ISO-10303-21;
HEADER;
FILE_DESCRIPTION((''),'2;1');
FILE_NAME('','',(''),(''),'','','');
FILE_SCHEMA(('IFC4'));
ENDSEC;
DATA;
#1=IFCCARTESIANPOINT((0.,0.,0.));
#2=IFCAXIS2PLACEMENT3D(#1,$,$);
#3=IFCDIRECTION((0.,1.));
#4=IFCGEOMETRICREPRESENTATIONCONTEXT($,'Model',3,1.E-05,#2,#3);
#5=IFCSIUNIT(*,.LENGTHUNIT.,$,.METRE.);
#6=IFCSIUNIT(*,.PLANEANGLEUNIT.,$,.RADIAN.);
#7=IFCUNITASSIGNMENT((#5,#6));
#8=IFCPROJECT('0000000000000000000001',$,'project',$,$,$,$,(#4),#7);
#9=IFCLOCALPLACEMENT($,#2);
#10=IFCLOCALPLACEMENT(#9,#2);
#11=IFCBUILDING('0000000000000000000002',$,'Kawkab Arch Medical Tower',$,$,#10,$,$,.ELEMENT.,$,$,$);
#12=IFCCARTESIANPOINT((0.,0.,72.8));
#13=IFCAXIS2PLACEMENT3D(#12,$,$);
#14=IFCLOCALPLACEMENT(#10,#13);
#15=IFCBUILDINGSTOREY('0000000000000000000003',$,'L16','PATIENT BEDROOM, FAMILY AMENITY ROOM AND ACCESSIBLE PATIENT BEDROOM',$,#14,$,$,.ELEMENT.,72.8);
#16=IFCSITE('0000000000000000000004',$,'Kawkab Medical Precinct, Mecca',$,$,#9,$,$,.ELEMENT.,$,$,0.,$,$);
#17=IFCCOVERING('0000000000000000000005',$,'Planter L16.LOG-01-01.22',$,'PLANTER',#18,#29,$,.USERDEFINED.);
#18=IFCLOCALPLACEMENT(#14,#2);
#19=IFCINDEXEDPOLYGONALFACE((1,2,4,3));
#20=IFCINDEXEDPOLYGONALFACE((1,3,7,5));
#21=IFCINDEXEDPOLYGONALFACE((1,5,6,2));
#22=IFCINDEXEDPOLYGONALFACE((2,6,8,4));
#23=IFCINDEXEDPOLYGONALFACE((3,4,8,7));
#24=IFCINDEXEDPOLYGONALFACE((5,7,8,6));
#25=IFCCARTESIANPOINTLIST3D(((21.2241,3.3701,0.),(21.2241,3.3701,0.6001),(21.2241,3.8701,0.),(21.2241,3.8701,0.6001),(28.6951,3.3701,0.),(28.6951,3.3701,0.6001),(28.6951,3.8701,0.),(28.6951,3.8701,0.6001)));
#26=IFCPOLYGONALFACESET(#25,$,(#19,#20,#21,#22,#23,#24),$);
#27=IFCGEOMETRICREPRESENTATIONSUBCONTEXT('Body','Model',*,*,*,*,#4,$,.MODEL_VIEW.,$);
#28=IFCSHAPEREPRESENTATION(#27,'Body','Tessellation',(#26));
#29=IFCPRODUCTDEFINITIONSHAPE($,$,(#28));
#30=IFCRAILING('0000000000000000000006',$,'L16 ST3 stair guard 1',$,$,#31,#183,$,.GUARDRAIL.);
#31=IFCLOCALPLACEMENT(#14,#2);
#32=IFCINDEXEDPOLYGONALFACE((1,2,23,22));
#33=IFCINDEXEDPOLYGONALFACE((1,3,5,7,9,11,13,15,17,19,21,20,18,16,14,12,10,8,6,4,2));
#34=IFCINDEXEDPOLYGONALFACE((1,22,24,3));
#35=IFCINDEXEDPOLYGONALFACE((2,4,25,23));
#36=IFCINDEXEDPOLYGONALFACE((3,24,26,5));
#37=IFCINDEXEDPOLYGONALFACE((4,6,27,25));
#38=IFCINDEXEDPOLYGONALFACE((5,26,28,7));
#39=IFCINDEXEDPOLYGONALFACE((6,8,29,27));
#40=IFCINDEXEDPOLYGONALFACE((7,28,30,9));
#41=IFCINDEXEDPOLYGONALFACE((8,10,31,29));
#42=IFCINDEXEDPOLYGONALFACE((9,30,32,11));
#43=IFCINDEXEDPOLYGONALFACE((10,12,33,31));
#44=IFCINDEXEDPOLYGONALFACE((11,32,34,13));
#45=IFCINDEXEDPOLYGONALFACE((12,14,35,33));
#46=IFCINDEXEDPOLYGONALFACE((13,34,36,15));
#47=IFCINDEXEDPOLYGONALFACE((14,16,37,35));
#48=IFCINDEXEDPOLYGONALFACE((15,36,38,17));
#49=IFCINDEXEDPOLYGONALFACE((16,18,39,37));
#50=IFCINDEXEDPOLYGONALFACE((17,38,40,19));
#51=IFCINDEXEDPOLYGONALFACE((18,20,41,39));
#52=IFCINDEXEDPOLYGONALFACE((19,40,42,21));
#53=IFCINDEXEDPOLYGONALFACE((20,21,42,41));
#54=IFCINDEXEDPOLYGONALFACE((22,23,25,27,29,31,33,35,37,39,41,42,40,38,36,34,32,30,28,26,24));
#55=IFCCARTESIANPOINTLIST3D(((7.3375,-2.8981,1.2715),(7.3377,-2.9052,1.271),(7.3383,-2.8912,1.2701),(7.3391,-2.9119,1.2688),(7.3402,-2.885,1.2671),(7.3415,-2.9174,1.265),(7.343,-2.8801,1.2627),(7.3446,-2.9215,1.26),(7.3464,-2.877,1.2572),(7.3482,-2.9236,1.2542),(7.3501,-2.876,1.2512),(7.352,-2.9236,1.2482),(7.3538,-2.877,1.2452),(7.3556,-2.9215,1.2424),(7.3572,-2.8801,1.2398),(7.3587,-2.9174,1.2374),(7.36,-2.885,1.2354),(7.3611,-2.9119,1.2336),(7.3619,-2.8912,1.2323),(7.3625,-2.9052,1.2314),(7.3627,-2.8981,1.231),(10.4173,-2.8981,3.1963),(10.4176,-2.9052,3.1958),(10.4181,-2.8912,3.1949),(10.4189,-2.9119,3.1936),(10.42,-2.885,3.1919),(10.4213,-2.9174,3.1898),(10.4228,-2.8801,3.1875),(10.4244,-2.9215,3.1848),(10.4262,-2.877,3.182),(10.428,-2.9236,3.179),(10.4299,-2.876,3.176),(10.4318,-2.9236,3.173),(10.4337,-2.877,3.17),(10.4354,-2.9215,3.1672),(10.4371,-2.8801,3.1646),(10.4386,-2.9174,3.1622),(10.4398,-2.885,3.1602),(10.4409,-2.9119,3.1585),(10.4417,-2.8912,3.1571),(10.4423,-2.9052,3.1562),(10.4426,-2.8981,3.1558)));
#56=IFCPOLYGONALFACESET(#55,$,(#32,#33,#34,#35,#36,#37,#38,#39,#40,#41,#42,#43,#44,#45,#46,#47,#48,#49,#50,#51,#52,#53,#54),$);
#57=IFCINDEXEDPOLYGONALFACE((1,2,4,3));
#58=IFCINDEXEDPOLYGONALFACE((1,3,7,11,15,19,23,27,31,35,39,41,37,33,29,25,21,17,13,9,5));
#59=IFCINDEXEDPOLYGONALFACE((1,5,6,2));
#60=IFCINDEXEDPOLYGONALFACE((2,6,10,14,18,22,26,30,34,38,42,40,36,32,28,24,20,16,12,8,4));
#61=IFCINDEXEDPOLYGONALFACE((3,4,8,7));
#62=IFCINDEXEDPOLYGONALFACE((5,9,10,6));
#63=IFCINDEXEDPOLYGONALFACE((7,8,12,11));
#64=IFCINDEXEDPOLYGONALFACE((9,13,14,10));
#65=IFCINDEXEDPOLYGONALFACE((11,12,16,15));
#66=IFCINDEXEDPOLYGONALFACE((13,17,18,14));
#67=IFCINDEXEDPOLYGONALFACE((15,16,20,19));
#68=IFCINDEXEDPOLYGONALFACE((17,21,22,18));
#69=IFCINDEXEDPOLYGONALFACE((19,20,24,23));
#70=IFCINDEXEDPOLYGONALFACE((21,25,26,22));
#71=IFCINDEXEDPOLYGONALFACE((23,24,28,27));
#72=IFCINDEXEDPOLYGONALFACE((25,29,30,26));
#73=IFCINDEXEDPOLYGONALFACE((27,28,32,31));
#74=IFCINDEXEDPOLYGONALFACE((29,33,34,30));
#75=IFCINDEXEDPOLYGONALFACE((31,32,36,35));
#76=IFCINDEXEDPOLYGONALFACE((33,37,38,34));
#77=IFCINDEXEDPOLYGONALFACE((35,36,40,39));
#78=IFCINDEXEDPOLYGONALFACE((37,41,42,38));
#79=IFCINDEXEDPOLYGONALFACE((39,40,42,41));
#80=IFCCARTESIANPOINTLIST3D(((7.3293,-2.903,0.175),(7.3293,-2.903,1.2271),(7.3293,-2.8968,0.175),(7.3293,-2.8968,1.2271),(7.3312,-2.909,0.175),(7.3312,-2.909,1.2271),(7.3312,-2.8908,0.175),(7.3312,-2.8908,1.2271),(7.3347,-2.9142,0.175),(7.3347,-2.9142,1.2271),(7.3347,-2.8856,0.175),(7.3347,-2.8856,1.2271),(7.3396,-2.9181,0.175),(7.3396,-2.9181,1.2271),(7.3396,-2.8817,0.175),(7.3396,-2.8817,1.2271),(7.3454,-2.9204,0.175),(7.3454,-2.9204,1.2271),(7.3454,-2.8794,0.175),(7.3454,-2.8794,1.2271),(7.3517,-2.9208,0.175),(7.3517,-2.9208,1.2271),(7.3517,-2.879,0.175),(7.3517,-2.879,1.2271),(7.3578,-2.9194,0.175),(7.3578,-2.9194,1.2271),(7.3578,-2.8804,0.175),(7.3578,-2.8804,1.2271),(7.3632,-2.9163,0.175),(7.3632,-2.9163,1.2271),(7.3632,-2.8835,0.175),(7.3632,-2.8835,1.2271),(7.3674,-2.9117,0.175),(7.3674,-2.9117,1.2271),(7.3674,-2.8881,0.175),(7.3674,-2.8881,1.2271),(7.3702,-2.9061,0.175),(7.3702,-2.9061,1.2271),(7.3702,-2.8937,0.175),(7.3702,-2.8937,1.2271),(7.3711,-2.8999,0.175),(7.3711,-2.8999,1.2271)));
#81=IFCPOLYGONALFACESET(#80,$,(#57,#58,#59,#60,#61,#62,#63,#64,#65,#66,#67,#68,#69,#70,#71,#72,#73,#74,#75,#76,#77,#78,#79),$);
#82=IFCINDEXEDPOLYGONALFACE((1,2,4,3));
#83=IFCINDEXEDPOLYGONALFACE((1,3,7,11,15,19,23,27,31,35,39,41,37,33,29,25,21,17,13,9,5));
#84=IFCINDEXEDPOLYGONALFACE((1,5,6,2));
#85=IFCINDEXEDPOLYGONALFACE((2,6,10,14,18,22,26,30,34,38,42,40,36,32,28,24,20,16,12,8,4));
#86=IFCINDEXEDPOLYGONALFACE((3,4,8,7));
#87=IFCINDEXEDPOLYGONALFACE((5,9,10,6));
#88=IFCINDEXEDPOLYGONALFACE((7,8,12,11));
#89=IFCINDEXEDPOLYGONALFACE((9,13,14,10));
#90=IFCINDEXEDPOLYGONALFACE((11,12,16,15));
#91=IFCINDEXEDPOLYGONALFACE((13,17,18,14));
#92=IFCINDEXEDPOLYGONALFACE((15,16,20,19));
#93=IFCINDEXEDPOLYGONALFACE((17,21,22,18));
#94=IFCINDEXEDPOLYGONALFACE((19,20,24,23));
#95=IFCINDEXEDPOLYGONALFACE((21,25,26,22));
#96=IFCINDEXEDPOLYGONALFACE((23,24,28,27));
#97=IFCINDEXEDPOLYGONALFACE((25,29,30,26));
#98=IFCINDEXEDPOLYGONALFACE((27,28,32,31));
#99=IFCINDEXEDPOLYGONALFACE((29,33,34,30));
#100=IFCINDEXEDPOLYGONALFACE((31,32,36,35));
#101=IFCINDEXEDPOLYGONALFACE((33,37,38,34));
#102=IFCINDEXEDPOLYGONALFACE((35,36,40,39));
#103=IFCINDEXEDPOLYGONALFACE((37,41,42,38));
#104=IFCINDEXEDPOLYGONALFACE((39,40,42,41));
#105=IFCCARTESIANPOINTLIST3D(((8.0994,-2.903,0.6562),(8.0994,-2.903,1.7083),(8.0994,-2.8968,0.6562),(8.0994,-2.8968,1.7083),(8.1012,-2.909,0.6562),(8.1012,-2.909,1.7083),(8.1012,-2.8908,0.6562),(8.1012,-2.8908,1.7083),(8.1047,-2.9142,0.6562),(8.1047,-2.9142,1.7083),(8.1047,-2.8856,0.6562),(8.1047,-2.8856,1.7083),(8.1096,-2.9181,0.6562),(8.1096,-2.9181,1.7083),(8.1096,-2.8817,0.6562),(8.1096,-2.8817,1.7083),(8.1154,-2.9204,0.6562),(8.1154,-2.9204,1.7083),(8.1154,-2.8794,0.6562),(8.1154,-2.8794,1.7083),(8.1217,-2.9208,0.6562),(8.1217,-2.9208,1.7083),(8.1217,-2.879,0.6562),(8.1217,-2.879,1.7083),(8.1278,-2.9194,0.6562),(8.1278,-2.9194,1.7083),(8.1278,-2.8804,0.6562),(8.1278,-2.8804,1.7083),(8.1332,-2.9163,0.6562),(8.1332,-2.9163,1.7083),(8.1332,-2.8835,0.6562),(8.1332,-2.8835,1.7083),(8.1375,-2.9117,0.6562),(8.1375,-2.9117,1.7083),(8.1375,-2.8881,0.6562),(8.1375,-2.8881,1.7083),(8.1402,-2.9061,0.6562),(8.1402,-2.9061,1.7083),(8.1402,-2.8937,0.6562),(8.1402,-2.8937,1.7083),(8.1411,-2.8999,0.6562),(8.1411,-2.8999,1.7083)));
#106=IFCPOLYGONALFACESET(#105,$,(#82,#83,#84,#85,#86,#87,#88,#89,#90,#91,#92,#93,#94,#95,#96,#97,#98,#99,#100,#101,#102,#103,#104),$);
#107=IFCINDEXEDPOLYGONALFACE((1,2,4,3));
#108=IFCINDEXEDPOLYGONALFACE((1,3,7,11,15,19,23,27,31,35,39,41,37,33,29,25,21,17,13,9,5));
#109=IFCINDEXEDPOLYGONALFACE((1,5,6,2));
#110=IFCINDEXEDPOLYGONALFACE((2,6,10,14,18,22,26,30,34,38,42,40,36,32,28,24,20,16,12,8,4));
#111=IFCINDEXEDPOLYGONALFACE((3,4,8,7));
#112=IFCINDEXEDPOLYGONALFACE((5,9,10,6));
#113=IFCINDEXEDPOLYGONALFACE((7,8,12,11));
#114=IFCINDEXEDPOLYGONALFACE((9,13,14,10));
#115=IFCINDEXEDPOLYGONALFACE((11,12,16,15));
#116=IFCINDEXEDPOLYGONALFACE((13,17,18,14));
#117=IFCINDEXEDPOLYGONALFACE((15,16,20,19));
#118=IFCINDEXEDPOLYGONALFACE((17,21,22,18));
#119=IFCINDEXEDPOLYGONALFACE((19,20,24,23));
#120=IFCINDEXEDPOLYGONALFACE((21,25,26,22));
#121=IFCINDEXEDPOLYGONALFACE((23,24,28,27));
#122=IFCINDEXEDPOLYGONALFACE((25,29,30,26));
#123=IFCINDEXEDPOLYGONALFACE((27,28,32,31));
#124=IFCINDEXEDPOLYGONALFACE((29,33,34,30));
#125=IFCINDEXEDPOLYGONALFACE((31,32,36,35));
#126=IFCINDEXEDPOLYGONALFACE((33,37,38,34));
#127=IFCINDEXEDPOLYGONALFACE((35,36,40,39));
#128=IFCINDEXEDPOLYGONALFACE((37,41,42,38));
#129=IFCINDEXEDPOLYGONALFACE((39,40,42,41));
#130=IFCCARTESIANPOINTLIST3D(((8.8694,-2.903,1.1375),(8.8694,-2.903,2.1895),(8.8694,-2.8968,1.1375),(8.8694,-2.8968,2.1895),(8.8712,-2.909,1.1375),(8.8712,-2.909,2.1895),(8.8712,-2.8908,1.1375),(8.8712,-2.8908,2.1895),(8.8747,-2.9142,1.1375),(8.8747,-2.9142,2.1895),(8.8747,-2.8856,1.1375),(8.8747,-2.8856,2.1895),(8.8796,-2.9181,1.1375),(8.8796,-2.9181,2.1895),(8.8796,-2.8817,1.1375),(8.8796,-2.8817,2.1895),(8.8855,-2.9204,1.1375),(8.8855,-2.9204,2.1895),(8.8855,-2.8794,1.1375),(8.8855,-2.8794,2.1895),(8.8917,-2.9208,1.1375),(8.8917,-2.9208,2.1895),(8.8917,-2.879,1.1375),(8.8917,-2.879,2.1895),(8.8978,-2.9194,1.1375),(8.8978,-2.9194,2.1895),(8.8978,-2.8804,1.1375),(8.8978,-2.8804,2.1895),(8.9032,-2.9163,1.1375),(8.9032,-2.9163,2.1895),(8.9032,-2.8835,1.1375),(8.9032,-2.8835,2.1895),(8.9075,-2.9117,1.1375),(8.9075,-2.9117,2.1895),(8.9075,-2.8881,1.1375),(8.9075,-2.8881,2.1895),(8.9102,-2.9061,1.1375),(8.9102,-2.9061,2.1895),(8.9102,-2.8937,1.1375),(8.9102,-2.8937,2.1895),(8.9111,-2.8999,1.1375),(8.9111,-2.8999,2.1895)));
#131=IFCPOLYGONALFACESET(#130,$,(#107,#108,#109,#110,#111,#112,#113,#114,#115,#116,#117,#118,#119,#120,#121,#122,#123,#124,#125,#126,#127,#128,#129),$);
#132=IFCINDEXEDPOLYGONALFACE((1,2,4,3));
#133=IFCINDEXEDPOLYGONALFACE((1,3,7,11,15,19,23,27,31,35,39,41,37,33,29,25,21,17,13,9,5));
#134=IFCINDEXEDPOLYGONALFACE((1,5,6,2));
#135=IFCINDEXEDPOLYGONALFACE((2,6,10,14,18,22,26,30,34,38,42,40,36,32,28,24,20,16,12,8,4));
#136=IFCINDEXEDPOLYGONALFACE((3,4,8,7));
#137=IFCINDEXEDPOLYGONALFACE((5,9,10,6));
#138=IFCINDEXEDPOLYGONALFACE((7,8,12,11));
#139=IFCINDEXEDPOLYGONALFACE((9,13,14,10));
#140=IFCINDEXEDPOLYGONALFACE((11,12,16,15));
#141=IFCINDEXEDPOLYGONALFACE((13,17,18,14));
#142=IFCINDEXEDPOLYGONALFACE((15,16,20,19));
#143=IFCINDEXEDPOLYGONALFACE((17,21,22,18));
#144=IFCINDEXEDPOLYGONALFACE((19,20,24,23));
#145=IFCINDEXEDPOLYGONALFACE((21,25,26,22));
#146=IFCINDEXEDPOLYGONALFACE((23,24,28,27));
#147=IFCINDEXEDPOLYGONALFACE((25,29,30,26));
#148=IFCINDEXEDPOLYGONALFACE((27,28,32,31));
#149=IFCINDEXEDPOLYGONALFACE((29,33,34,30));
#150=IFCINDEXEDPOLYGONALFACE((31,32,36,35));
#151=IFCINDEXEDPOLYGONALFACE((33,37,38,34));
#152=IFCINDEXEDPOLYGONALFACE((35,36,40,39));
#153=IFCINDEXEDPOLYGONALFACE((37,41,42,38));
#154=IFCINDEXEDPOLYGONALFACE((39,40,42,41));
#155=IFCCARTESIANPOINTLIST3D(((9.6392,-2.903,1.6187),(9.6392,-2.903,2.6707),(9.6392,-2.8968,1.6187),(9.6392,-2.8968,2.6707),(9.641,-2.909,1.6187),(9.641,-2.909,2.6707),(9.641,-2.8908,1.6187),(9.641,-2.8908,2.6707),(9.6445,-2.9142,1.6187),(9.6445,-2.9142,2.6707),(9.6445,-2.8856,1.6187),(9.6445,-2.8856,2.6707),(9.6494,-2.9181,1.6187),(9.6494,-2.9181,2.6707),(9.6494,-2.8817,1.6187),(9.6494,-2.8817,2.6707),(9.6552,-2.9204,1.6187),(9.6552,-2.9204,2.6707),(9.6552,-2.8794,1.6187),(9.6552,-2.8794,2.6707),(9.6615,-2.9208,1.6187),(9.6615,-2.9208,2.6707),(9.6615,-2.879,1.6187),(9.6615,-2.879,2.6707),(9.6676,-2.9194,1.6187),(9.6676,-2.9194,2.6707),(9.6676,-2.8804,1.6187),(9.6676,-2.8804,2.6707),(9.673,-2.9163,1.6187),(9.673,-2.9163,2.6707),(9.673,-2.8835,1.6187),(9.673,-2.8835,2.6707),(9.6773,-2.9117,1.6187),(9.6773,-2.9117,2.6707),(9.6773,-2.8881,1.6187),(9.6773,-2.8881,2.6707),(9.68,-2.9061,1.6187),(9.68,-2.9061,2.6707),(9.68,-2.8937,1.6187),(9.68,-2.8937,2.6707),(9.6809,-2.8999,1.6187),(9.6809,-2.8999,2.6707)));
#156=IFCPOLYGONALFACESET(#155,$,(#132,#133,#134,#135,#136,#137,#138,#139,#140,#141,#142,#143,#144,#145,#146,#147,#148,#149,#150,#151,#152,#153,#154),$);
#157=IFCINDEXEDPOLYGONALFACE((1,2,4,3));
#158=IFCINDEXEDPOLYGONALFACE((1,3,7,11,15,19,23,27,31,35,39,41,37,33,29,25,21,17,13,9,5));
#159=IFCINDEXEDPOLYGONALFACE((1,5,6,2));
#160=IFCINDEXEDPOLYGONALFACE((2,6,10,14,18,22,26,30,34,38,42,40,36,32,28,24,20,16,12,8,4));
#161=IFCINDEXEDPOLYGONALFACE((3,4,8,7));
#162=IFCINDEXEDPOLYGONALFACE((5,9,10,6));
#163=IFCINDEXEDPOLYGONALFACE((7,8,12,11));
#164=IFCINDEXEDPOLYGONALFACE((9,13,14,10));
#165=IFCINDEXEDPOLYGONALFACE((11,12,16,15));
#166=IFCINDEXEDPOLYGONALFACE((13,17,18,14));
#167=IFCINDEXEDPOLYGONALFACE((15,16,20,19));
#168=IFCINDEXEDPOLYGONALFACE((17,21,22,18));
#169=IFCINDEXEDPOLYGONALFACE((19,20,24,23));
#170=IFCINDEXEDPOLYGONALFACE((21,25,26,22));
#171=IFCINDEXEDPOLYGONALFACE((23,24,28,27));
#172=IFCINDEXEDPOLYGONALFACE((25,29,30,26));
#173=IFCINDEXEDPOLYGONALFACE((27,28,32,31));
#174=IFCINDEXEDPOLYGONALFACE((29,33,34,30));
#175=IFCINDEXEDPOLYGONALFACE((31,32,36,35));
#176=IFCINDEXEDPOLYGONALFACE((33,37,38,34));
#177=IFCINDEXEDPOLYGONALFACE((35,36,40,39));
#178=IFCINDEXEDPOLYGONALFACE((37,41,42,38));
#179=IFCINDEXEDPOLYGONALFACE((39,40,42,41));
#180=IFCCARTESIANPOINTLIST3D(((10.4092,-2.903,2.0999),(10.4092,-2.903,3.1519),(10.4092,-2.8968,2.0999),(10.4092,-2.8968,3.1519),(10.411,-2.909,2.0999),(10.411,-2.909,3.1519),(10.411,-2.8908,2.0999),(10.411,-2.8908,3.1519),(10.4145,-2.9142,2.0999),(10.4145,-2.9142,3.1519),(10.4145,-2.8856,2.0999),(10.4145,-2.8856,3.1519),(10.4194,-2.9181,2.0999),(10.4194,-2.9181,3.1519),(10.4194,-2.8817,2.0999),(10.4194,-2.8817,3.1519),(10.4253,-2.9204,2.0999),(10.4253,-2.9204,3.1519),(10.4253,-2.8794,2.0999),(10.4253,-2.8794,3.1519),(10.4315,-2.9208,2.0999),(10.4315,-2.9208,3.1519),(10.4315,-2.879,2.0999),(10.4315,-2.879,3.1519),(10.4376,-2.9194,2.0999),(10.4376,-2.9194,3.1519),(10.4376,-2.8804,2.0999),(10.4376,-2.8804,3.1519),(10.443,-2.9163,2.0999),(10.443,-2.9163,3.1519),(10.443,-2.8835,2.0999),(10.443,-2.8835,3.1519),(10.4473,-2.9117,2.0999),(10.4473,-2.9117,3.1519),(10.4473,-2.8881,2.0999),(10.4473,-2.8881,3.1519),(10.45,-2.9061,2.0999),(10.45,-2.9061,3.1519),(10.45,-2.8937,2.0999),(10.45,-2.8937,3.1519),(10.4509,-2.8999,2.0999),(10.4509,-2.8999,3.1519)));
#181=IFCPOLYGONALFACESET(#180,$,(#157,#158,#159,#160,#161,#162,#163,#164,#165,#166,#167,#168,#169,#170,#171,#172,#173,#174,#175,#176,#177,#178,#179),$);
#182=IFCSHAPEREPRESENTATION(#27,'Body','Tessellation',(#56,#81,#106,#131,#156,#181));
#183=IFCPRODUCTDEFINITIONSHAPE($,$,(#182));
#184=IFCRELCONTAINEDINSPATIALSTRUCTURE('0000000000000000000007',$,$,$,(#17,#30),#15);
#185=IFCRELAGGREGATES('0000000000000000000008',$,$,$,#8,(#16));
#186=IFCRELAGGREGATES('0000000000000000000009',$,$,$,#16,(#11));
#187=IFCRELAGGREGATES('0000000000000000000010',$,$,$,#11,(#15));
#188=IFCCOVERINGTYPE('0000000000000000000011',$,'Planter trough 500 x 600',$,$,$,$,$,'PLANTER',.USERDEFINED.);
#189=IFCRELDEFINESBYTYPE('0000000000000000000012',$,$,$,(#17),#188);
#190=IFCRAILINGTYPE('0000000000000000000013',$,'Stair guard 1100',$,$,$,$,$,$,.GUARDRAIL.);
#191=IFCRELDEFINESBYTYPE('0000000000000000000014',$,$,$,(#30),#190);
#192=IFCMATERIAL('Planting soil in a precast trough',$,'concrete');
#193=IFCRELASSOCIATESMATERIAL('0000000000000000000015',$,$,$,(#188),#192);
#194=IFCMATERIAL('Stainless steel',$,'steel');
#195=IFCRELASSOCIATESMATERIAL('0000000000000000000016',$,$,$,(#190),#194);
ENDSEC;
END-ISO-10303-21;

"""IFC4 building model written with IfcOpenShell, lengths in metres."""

from ifc_helpers import new_model, si_unit, direction, frame, origin, origin_2d, place, context, subcontext, project, spatial, rectangle, circle, extrude, material, material_profile, profile_set, type_object, element, save


model = new_model("IFC4")

# Units and contexts
model_context = context("Model", 3, precision=1e-05, world=origin(), true_north=direction((0.0, 1.0)))
body_context = subcontext(model_context, "Body", "Model", "MODEL_VIEW")
ifc_project = project(units=[si_unit("LENGTHUNIT", "METRE"), si_unit("PLANEANGLEUNIT", "RADIAN")], contexts=[model_context])

# Site, building, storey
site_placement = place(None, origin())
site = spatial("IfcSite", under=ifc_project, at=site_placement, Name="Kawkab Medical Precinct, Mecca", CompositionType="ELEMENT", RefElevation=0.0)
building_placement = place(site_placement, origin())
building = spatial("IfcBuilding", under=site, at=building_placement, Name="Kawkab Arch Medical Tower", CompositionType="ELEMENT")
storey_placement = place(building_placement, frame((0.0, 0.0, 72.8)))
storey = spatial("IfcBuildingStorey", under=building, at=storey_placement, Name="L16", Description="PATIENT BEDROOM, FAMILY AMENITY ROOM AND ACCESSIBLE PATIENT BEDROOM", CompositionType="ELEMENT", Elevation=72.8)

# Covering
ifc_material_1 = material(Name="Planting soil in a precast trough", Category="concrete")
ifc_material_profile_1 = material_profile(ifc_material_1, rectangle(XDim=0.5, YDim=0.6001, at=origin_2d()), Name="Trough 500x600")
ifc_profile_set_1 = profile_set([ifc_material_profile_1], Name="Planting soil in a precast trough")
covering_type_1 = type_object("IfcCoveringType", Name="Planter trough 500 x 600", ElementType="PLANTER", PredefinedType="USERDEFINED", material=ifc_profile_set_1)
covering_1_placement = place(storey_placement, frame((21.2241, 3.6201, 0.3), z_axis=(1.0, 0.0, 0.0), x_axis=(0.0, 1.0, 0.0)))
element("IfcCovering", 1, at=covering_1_placement, inside=storey, type_object=covering_type_1, Name="Planter L16.LOG-01-01.22", ObjectType="PLANTER", PredefinedType="USERDEFINED", context=body_context, shape_type="SweptSolid", body=[
    extrude(rectangle(XDim=0.5, YDim=0.6001, at=origin_2d()), origin(), (0.0, 0.0, 1.0), 7.4709),
])

# Railing
ifc_material_2 = material(Name="Stainless steel", Category="steel")
railing_type_1 = type_object("IfcRailingType", Name="Stair guard 1100", PredefinedType="GUARDRAIL", material=ifc_material_2)
railing_1_placement = place(storey_placement, frame((7.3501, -2.8999, 0.175)))
element("IfcRailing", 2, at=railing_1_placement, inside=storey, type_object=railing_type_1, Name="L16 ST3 stair guard 1", PredefinedType="GUARDRAIL", context=body_context, shape_type="SweptSolid", body=[
    extrude(circle(Radius=0.0239, at=origin_2d()), frame((0.0, 0.0, 1.0762), z_axis=(0.84801, 0.0, 0.529981), x_axis=(0.0, 1.0, 0.0)), (0.0, 0.0, 1.0), 3.6318),
    extrude(circle(Radius=0.021, at=origin_2d()), origin(), (0.0, 0.0, 1.0), 1.052),
    extrude(circle(Radius=0.021, at=origin_2d()), frame((0.77, 0.0, 0.4812)), (0.0, 0.0, 1.0), 1.052),
    extrude(circle(Radius=0.021, at=origin_2d()), frame((1.54, 0.0, 0.9624)), (0.0, 0.0, 1.0), 1.052),
    extrude(circle(Radius=0.021, at=origin_2d()), frame((2.3098, 0.0, 1.4436)), (0.0, 0.0, 1.0), 1.052),
    extrude(circle(Radius=0.021, at=origin_2d()), frame((3.0798, 0.0, 1.9248)), (0.0, 0.0, 1.0), 1.052),
])

save(model, "model.ifc")
